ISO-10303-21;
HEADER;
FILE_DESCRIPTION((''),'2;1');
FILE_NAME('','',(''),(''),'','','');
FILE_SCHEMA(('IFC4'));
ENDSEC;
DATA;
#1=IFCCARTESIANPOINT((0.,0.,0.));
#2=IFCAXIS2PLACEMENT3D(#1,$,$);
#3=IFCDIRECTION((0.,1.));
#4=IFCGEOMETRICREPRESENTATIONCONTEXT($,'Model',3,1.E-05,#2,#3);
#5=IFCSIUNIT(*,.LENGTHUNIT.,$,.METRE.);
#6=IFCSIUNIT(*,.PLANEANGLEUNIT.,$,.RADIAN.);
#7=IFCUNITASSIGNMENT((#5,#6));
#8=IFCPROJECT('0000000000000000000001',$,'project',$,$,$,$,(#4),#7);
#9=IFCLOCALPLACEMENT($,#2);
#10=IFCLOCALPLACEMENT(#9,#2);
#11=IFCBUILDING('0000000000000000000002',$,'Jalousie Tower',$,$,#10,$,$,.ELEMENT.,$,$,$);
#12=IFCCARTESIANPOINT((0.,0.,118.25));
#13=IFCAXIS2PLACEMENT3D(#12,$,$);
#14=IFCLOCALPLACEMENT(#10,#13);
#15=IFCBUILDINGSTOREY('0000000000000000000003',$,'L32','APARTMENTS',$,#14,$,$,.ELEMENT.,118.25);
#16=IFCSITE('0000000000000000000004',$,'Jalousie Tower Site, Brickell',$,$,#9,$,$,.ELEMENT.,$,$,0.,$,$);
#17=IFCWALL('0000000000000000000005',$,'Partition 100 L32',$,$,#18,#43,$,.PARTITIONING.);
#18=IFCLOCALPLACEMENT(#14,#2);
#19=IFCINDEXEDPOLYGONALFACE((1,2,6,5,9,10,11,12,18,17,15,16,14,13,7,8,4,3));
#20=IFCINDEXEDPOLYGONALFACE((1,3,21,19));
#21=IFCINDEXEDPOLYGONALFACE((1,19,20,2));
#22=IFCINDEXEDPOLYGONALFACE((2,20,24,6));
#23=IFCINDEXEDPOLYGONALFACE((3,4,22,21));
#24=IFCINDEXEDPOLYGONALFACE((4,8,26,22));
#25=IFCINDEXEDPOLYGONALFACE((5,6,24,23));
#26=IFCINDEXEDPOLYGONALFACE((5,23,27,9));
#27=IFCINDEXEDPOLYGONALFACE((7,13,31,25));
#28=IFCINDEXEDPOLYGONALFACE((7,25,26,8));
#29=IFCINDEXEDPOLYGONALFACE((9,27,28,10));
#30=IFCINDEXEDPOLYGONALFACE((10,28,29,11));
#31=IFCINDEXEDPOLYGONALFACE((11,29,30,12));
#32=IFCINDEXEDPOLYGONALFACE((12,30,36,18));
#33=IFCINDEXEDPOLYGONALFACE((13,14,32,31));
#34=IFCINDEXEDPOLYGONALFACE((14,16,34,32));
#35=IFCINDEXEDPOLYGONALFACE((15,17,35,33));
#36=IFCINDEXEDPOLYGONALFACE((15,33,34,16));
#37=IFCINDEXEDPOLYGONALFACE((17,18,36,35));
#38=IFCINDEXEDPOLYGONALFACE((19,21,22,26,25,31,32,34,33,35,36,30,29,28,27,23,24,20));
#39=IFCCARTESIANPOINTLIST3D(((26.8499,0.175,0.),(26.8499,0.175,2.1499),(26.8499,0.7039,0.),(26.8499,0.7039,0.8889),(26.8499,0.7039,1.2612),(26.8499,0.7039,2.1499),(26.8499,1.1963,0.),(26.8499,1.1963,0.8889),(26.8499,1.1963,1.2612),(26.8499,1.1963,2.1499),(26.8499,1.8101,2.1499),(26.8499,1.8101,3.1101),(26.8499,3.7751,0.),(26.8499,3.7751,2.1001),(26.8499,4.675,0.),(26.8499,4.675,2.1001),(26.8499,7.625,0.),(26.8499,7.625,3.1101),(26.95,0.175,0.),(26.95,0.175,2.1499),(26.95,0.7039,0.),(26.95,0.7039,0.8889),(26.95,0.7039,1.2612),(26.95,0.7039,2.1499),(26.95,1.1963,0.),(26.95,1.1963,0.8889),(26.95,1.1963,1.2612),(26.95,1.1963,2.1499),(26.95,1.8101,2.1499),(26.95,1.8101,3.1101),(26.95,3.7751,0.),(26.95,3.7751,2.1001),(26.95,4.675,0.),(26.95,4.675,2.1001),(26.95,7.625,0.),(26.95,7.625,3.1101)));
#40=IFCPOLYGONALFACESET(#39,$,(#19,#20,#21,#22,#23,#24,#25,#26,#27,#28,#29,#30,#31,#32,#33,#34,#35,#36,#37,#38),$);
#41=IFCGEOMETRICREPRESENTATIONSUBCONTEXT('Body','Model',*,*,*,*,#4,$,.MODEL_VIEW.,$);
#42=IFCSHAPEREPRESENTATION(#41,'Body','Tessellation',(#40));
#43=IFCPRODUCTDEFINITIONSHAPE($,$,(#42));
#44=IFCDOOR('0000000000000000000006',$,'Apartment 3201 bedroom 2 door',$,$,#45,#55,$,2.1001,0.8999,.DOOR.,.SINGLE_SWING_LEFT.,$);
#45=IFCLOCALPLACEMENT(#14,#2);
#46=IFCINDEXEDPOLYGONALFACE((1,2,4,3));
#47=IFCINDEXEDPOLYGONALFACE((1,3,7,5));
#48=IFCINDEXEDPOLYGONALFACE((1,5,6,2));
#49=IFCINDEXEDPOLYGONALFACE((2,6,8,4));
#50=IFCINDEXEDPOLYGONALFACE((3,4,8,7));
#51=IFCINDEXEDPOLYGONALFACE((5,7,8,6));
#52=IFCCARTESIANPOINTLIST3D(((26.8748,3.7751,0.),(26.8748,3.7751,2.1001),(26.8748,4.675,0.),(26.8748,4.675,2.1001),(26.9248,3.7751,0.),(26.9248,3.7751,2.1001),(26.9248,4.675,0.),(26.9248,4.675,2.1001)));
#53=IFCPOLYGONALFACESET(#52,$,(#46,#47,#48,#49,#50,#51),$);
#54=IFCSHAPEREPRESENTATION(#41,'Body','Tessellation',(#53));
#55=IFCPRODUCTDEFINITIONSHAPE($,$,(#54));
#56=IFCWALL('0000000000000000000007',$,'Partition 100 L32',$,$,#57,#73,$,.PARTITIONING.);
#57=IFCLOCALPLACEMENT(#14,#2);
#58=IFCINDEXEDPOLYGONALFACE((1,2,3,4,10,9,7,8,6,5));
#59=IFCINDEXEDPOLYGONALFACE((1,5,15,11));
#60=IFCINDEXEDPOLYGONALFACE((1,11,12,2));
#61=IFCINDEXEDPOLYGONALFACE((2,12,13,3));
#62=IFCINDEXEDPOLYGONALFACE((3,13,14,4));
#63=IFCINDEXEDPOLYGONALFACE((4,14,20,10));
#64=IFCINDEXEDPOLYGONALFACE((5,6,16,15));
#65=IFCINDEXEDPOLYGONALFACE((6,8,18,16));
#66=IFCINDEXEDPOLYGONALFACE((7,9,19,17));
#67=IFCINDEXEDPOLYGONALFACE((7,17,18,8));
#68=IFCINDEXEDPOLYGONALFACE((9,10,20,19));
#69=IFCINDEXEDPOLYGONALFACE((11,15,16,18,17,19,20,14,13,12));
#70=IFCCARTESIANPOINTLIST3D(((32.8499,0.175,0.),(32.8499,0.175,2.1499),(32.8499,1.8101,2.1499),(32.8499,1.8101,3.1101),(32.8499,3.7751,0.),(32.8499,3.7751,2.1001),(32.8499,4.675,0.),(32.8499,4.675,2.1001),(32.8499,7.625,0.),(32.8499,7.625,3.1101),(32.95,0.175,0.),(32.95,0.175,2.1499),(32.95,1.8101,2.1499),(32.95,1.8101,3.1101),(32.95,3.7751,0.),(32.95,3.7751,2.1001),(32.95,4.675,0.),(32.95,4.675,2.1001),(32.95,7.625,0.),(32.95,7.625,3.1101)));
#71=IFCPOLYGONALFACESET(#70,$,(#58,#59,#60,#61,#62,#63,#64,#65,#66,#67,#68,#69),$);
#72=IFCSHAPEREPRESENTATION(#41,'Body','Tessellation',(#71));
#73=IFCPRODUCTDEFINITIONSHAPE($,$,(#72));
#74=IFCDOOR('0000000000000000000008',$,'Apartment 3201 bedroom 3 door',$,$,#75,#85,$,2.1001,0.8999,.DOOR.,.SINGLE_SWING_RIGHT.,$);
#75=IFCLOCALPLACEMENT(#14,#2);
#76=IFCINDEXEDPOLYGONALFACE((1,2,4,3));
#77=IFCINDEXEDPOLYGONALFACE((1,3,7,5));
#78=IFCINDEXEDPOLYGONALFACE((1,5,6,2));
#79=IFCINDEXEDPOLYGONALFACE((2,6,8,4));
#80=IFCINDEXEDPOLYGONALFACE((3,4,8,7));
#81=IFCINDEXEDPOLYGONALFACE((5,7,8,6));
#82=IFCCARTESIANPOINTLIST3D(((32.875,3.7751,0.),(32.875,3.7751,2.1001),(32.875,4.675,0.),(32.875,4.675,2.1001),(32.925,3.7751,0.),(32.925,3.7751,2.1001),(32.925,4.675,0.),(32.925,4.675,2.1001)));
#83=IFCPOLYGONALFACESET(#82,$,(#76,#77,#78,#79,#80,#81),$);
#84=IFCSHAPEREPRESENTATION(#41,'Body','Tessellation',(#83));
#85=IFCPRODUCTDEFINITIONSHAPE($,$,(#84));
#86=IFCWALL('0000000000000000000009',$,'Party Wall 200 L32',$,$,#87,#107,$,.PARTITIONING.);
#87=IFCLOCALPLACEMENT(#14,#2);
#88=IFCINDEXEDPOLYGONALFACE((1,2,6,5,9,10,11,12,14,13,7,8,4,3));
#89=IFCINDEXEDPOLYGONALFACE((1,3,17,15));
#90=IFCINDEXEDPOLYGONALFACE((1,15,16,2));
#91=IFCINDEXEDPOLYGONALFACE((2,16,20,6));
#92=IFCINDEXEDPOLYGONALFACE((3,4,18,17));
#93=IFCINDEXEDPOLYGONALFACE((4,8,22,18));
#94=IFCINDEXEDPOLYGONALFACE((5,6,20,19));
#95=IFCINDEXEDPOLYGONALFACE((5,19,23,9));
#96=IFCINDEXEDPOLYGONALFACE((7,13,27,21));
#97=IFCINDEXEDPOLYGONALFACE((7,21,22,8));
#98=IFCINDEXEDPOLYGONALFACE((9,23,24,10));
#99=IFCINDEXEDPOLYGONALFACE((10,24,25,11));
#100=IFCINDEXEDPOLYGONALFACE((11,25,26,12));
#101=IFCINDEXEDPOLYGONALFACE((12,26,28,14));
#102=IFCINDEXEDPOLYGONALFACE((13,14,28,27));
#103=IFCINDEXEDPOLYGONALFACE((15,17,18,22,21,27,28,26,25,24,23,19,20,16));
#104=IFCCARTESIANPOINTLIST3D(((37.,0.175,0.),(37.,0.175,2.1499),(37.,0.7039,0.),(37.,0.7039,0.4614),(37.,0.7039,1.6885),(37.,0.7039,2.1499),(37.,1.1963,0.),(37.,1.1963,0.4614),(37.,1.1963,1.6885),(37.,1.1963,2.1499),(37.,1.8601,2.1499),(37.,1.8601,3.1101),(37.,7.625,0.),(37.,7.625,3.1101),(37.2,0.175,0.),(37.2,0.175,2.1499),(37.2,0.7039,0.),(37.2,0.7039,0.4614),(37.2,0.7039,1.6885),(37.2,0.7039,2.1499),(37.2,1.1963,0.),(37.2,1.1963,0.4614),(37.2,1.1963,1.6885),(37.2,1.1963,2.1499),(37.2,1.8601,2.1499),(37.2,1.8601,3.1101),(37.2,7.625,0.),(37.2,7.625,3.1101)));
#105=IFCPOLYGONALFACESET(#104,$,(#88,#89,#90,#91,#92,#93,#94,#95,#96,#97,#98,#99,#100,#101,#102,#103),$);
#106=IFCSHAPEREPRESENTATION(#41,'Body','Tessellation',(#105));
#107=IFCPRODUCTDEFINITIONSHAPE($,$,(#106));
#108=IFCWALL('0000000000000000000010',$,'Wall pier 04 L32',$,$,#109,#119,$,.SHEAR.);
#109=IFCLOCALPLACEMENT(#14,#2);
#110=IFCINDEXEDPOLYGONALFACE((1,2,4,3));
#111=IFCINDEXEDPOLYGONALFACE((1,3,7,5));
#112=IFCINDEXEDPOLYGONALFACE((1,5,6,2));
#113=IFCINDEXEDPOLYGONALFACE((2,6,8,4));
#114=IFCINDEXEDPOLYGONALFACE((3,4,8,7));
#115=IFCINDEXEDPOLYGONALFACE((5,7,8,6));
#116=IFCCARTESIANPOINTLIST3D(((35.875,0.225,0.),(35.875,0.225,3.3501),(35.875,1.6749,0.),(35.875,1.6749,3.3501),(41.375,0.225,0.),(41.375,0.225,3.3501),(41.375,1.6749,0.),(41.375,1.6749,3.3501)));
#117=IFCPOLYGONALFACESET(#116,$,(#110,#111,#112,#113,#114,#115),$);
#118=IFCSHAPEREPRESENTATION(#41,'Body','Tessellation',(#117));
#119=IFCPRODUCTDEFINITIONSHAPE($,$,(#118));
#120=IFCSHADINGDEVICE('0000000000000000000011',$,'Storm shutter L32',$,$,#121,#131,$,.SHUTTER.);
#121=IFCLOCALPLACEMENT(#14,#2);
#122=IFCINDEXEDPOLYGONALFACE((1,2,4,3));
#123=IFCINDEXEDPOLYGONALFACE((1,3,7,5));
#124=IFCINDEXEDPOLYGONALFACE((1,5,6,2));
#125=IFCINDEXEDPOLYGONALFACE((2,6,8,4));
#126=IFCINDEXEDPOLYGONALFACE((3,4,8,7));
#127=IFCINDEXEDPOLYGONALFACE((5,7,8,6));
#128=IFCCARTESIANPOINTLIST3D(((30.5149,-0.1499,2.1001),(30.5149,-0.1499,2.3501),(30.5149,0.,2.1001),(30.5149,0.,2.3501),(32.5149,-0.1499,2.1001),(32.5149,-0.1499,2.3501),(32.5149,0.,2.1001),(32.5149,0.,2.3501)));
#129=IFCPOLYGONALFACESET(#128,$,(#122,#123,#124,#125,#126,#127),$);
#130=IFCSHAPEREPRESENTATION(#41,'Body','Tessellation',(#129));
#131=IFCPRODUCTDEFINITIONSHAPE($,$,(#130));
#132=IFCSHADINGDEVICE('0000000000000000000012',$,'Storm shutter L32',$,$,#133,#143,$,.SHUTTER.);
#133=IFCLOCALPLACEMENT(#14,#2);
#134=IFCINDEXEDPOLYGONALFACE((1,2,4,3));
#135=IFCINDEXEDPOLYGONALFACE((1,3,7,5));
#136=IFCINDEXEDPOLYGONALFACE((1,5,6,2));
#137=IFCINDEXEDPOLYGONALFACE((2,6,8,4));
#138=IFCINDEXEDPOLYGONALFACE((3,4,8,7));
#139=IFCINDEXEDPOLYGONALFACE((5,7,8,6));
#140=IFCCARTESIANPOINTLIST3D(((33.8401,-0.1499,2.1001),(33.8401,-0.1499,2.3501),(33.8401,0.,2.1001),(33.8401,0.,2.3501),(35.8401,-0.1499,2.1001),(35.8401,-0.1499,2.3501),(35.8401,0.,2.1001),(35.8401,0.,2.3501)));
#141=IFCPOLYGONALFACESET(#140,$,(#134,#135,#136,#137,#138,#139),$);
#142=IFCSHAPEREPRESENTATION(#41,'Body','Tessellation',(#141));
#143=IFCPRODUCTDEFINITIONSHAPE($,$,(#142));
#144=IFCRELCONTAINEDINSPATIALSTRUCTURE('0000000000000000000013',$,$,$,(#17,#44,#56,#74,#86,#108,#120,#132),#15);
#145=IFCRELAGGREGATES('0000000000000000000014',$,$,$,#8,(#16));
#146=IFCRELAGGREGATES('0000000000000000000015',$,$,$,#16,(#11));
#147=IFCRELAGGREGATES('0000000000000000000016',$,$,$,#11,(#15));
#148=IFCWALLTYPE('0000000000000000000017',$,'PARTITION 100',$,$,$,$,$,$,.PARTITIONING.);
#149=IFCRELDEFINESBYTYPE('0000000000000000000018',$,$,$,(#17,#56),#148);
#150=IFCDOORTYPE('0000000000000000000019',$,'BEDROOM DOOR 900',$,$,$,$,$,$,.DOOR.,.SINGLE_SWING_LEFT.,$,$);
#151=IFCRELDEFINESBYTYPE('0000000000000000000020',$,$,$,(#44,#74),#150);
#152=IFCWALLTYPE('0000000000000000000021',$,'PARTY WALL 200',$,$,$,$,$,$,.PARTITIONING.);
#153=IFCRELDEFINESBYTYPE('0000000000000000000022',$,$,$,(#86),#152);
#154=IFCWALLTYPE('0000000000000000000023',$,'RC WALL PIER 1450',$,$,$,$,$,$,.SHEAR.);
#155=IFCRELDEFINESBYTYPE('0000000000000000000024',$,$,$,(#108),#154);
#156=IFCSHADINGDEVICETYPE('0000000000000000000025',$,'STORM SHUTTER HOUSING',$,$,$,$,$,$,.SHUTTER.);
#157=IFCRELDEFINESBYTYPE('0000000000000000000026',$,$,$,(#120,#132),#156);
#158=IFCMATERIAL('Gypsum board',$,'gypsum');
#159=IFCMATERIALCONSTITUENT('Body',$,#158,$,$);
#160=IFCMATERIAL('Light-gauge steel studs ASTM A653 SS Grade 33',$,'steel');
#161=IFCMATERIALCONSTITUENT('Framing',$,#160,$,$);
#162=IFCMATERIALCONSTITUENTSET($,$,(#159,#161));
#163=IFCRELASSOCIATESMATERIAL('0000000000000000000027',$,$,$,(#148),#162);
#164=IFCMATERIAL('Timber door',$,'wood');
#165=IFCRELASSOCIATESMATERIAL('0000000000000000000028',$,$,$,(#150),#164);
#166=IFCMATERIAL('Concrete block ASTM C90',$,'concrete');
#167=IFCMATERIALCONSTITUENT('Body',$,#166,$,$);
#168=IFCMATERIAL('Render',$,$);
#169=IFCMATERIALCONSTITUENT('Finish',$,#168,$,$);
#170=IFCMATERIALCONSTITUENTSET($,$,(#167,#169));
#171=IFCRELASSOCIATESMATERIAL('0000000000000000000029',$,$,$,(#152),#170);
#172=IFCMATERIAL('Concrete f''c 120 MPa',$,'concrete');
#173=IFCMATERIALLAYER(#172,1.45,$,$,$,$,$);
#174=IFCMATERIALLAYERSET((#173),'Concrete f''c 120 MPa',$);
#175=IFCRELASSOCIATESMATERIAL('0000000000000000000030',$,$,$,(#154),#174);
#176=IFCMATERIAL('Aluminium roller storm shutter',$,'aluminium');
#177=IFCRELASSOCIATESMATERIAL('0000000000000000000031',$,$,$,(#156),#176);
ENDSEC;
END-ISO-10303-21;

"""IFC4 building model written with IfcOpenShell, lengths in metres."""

from ifc_helpers import new_model, si_unit, direction, frame, frame_2d, origin, origin_2d, place, context, subcontext, project, spatial, polyline, rectangle, outline, extrude, material, layer, layer_set, constituent, constituent_set, type_object, element, fill, save


model = new_model("IFC4")

# Units and contexts
model_context = context("Model", 3, precision=1e-05, world=origin(), true_north=direction((0.0, 1.0)))
body_context = subcontext(model_context, "Body", "Model", "MODEL_VIEW")
ifc_project = project(units=[si_unit("LENGTHUNIT", "METRE"), si_unit("PLANEANGLEUNIT", "RADIAN")], contexts=[model_context])

# Site, building, storey
site_placement = place(None, origin())
site = spatial("IfcSite", under=ifc_project, at=site_placement, Name="Jalousie Tower Site, Brickell", CompositionType="ELEMENT", RefElevation=0.0)
building_placement = place(site_placement, origin())
building = spatial("IfcBuilding", under=site, at=building_placement, Name="Jalousie Tower", CompositionType="ELEMENT")
storey_placement = place(building_placement, frame((0.0, 0.0, 118.25)))
storey = spatial("IfcBuildingStorey", under=building, at=storey_placement, Name="L32", Description="APARTMENTS", CompositionType="ELEMENT", Elevation=118.25)

# Walls, openings, doors
ifc_material_1 = material(Name="Gypsum board", Category="gypsum")
ifc_constituent_1 = constituent(ifc_material_1, Name="Body")
ifc_material_2 = material(Name="Light-gauge steel studs ASTM A653 SS Grade 33", Category="steel")
ifc_constituent_2 = constituent(ifc_material_2, Name="Framing")
ifc_constituent_set_1 = constituent_set(constituents=[ifc_constituent_1, ifc_constituent_2])
wall_type_1 = type_object("IfcWallType", Name="PARTITION 100", PredefinedType="PARTITIONING", material=ifc_constituent_set_1)
wall_1_placement = place(storey_placement, frame((26.8999, 0.175, 0.0), z_axis=(0.0, 0.0, 1.0), x_axis=(0.0, 1.0, 0.0)))
wall_1 = element("IfcWall", 1, at=wall_1_placement, inside=storey, type_object=wall_type_1, Name="Partition 100 L32", PredefinedType="PARTITIONING", context=body_context, shape_type="SweptSolid", body=[
    extrude(outline(polyline([(0.5288, 2.1499), (0.0, 2.1499), (0.0, 0.0), (0.5288, 0.0), (0.5288, 0.8889), (1.0212, 0.8889), (1.0212, 0.0), (7.45, 0.0), (7.45, 3.1101), (1.635, 3.1101), (1.635, 2.1499), (1.0212, 2.1499), (1.0212, 1.2612), (0.5288, 1.2612), (0.5288, 2.1499)])), frame((0.0, 0.05, 0.0), z_axis=(0.0, -1.0, 0.0), x_axis=(1.0, 0.0, 0.0)), (0.0, 0.0, 1.0), 0.1001),
])
opening_1_placement = place(wall_1_placement, frame((3.6001, 0.0, 0.0)))
opening_1 = element("IfcOpeningElement", 2, at=opening_1_placement, cuts=wall_1, PredefinedType="OPENING", context=body_context, shape_type="SweptSolid", body=[
    extrude(rectangle(XDim=0.8999, YDim=2.1001, at=frame_2d((0.45, 1.05))), frame((0.0, 0.0601, 0.0), z_axis=(0.0, -1.0, 0.0), x_axis=(1.0, 0.0, 0.0)), (0.0, 0.0, 1.0), 0.1201),
])
ifc_material_3 = material(Name="Timber door", Category="wood")
door_type = type_object("IfcDoorType", Name="BEDROOM DOOR 900", OperationType="SINGLE_SWING_LEFT", PredefinedType="DOOR", material=ifc_material_3)
door_1_placement = place(opening_1_placement, frame((0.8999, 0.0, 0.0), z_axis=(0.0, 0.0, 1.0), x_axis=(-1.0, 0.0, 0.0)))
door_1 = element("IfcDoor", 3, at=door_1_placement, inside=storey, type_object=door_type, Name="Apartment 3201 bedroom 2 door", OperationType="SINGLE_SWING_LEFT", OverallHeight=2.1001, OverallWidth=0.8999, PredefinedType="DOOR", context=body_context, shape_type="SweptSolid", body=[
    extrude(rectangle(XDim=0.8999, YDim=2.1001, at=frame_2d((0.45, 1.05))), frame((0.0, 0.0249, 0.0), z_axis=(0.0, -1.0, 0.0), x_axis=(1.0, 0.0, 0.0)), (0.0, 0.0, 1.0), 0.05),
])
fill(opening_1, door_1)
wall_2_placement = place(storey_placement, frame((32.8999, 0.175, 0.0), z_axis=(0.0, 0.0, 1.0), x_axis=(0.0, 1.0, 0.0)))
wall_2 = element("IfcWall", 4, at=wall_2_placement, inside=storey, type_object=wall_type_1, Name="Partition 100 L32", PredefinedType="PARTITIONING", context=body_context, shape_type="SweptSolid", body=[
    extrude(outline(polyline([(0.0, 0.0), (7.45, 0.0), (7.45, 3.1101), (1.635, 3.1101), (1.635, 2.1499), (0.0, 2.1499), (0.0, 3.1101), (0.0, 0.0)])), frame((0.0, 0.05, 0.0), z_axis=(0.0, -1.0, 0.0), x_axis=(1.0, 0.0, 0.0)), (0.0, 0.0, 1.0), 0.1001),
])
opening_2_placement = place(wall_2_placement, frame((3.6001, 0.0, 0.0)))
opening_2 = element("IfcOpeningElement", 5, at=opening_2_placement, cuts=wall_2, PredefinedType="OPENING", context=body_context, shape_type="SweptSolid", body=[
    extrude(rectangle(XDim=0.8999, YDim=2.1001, at=frame_2d((0.45, 1.05))), frame((0.0, 0.0601, 0.0), z_axis=(0.0, -1.0, 0.0), x_axis=(1.0, 0.0, 0.0)), (0.0, 0.0, 1.0), 0.1201),
])
door_2_placement = place(opening_2_placement, origin())
door_2 = element("IfcDoor", 6, at=door_2_placement, inside=storey, type_object=door_type, Name="Apartment 3201 bedroom 3 door", OperationType="SINGLE_SWING_RIGHT", OverallHeight=2.1001, OverallWidth=0.8999, PredefinedType="DOOR", context=body_context, shape_type="SweptSolid", body=[
    extrude(rectangle(XDim=0.8999, YDim=2.1001, at=frame_2d((0.45, 1.05))), frame((0.0, 0.0249, 0.0), z_axis=(0.0, -1.0, 0.0), x_axis=(1.0, 0.0, 0.0)), (0.0, 0.0, 1.0), 0.05),
])
fill(opening_2, door_2)

# Walls
ifc_material_4 = material(Name="Concrete block ASTM C90", Category="concrete")
ifc_constituent_3 = constituent(ifc_material_4, Name="Body")
ifc_material_5 = material(Name="Render")
ifc_constituent_4 = constituent(ifc_material_5, Name="Finish")
ifc_constituent_set_2 = constituent_set(constituents=[ifc_constituent_3, ifc_constituent_4])
wall_type_2 = type_object("IfcWallType", Name="PARTY WALL 200", PredefinedType="PARTITIONING", material=ifc_constituent_set_2)
wall_3_placement = place(storey_placement, frame((37.1001, 0.175, 0.0), z_axis=(0.0, 0.0, 1.0), x_axis=(0.0, 1.0, 0.0)))
element("IfcWall", 7, at=wall_3_placement, inside=storey, type_object=wall_type_2, Name="Party Wall 200 L32", PredefinedType="PARTITIONING", context=body_context, shape_type="SweptSolid", body=[
    extrude(outline(polyline([(0.5288, 2.1499), (0.0, 2.1499), (0.0, 0.0), (0.5288, 0.0), (0.5288, 0.4614), (1.0212, 0.4614), (1.0212, 0.0), (7.45, 0.0), (7.45, 3.1101), (1.6851, 3.1101), (1.6851, 2.1499), (1.0212, 2.1499), (1.0212, 1.6885), (0.5288, 1.6885), (0.5288, 2.1499)])), frame((0.0, 0.1001, 0.0), z_axis=(0.0, -1.0, 0.0), x_axis=(1.0, 0.0, 0.0)), (0.0, 0.0, 1.0), 0.2),
])
ifc_material_6 = material(Name="Concrete f'c 120 MPa", Category="concrete")
ifc_layer_1 = layer(ifc_material_6, 1.45)
ifc_layer_set_1 = layer_set([ifc_layer_1], Name="Concrete f'c 120 MPa")
wall_type_3 = type_object("IfcWallType", Name="RC WALL PIER 1450", PredefinedType="SHEAR", material=ifc_layer_set_1)
wall_4_placement = place(storey_placement, frame((35.875, 0.95, 0.0), z_axis=(0.0, 0.0, 1.0), x_axis=(1.0, 0.0, 0.0)))
element("IfcWall", 8, at=wall_4_placement, inside=storey, type_object=wall_type_3, Name="Wall pier 04 L32", PredefinedType="SHEAR", context=body_context, shape_type="SweptSolid", body=[
    extrude(rectangle(XDim=5.5, YDim=1.45, at=frame_2d((2.75, 0.0))), origin(), (0.0, 0.0, 1.0), 3.3501),
])

# Shading devices
ifc_material_7 = material(Name="Aluminium roller storm shutter", Category="aluminium")
shading_device_type = type_object("IfcShadingDeviceType", Name="STORM SHUTTER HOUSING", PredefinedType="SHUTTER", material=ifc_material_7)
for number, where, z_axis, x_axis, name in (
    (9, (31.5149, -0.075, 2.1001), (0.0, 0.0, 1.0), (1.0, 0.0, 0.0), "Storm shutter L32"),
    (10, (34.8401, -0.075, 2.1001), (0.0, 0.0, 1.0), (1.0, 0.0, 0.0), "Storm shutter L32"),
):
    element("IfcShadingDevice", number, at=place(storey_placement, frame(where, z_axis=z_axis, x_axis=x_axis)), inside=storey, type_object=shading_device_type, Name=name, PredefinedType="SHUTTER", context=body_context, shape_type="SweptSolid", body=[
        extrude(rectangle(XDim=2.0, YDim=0.1499, at=origin_2d()), origin(), (0.0, 0.0, 1.0), 0.25),
    ])

save(model, "model.ifc")
